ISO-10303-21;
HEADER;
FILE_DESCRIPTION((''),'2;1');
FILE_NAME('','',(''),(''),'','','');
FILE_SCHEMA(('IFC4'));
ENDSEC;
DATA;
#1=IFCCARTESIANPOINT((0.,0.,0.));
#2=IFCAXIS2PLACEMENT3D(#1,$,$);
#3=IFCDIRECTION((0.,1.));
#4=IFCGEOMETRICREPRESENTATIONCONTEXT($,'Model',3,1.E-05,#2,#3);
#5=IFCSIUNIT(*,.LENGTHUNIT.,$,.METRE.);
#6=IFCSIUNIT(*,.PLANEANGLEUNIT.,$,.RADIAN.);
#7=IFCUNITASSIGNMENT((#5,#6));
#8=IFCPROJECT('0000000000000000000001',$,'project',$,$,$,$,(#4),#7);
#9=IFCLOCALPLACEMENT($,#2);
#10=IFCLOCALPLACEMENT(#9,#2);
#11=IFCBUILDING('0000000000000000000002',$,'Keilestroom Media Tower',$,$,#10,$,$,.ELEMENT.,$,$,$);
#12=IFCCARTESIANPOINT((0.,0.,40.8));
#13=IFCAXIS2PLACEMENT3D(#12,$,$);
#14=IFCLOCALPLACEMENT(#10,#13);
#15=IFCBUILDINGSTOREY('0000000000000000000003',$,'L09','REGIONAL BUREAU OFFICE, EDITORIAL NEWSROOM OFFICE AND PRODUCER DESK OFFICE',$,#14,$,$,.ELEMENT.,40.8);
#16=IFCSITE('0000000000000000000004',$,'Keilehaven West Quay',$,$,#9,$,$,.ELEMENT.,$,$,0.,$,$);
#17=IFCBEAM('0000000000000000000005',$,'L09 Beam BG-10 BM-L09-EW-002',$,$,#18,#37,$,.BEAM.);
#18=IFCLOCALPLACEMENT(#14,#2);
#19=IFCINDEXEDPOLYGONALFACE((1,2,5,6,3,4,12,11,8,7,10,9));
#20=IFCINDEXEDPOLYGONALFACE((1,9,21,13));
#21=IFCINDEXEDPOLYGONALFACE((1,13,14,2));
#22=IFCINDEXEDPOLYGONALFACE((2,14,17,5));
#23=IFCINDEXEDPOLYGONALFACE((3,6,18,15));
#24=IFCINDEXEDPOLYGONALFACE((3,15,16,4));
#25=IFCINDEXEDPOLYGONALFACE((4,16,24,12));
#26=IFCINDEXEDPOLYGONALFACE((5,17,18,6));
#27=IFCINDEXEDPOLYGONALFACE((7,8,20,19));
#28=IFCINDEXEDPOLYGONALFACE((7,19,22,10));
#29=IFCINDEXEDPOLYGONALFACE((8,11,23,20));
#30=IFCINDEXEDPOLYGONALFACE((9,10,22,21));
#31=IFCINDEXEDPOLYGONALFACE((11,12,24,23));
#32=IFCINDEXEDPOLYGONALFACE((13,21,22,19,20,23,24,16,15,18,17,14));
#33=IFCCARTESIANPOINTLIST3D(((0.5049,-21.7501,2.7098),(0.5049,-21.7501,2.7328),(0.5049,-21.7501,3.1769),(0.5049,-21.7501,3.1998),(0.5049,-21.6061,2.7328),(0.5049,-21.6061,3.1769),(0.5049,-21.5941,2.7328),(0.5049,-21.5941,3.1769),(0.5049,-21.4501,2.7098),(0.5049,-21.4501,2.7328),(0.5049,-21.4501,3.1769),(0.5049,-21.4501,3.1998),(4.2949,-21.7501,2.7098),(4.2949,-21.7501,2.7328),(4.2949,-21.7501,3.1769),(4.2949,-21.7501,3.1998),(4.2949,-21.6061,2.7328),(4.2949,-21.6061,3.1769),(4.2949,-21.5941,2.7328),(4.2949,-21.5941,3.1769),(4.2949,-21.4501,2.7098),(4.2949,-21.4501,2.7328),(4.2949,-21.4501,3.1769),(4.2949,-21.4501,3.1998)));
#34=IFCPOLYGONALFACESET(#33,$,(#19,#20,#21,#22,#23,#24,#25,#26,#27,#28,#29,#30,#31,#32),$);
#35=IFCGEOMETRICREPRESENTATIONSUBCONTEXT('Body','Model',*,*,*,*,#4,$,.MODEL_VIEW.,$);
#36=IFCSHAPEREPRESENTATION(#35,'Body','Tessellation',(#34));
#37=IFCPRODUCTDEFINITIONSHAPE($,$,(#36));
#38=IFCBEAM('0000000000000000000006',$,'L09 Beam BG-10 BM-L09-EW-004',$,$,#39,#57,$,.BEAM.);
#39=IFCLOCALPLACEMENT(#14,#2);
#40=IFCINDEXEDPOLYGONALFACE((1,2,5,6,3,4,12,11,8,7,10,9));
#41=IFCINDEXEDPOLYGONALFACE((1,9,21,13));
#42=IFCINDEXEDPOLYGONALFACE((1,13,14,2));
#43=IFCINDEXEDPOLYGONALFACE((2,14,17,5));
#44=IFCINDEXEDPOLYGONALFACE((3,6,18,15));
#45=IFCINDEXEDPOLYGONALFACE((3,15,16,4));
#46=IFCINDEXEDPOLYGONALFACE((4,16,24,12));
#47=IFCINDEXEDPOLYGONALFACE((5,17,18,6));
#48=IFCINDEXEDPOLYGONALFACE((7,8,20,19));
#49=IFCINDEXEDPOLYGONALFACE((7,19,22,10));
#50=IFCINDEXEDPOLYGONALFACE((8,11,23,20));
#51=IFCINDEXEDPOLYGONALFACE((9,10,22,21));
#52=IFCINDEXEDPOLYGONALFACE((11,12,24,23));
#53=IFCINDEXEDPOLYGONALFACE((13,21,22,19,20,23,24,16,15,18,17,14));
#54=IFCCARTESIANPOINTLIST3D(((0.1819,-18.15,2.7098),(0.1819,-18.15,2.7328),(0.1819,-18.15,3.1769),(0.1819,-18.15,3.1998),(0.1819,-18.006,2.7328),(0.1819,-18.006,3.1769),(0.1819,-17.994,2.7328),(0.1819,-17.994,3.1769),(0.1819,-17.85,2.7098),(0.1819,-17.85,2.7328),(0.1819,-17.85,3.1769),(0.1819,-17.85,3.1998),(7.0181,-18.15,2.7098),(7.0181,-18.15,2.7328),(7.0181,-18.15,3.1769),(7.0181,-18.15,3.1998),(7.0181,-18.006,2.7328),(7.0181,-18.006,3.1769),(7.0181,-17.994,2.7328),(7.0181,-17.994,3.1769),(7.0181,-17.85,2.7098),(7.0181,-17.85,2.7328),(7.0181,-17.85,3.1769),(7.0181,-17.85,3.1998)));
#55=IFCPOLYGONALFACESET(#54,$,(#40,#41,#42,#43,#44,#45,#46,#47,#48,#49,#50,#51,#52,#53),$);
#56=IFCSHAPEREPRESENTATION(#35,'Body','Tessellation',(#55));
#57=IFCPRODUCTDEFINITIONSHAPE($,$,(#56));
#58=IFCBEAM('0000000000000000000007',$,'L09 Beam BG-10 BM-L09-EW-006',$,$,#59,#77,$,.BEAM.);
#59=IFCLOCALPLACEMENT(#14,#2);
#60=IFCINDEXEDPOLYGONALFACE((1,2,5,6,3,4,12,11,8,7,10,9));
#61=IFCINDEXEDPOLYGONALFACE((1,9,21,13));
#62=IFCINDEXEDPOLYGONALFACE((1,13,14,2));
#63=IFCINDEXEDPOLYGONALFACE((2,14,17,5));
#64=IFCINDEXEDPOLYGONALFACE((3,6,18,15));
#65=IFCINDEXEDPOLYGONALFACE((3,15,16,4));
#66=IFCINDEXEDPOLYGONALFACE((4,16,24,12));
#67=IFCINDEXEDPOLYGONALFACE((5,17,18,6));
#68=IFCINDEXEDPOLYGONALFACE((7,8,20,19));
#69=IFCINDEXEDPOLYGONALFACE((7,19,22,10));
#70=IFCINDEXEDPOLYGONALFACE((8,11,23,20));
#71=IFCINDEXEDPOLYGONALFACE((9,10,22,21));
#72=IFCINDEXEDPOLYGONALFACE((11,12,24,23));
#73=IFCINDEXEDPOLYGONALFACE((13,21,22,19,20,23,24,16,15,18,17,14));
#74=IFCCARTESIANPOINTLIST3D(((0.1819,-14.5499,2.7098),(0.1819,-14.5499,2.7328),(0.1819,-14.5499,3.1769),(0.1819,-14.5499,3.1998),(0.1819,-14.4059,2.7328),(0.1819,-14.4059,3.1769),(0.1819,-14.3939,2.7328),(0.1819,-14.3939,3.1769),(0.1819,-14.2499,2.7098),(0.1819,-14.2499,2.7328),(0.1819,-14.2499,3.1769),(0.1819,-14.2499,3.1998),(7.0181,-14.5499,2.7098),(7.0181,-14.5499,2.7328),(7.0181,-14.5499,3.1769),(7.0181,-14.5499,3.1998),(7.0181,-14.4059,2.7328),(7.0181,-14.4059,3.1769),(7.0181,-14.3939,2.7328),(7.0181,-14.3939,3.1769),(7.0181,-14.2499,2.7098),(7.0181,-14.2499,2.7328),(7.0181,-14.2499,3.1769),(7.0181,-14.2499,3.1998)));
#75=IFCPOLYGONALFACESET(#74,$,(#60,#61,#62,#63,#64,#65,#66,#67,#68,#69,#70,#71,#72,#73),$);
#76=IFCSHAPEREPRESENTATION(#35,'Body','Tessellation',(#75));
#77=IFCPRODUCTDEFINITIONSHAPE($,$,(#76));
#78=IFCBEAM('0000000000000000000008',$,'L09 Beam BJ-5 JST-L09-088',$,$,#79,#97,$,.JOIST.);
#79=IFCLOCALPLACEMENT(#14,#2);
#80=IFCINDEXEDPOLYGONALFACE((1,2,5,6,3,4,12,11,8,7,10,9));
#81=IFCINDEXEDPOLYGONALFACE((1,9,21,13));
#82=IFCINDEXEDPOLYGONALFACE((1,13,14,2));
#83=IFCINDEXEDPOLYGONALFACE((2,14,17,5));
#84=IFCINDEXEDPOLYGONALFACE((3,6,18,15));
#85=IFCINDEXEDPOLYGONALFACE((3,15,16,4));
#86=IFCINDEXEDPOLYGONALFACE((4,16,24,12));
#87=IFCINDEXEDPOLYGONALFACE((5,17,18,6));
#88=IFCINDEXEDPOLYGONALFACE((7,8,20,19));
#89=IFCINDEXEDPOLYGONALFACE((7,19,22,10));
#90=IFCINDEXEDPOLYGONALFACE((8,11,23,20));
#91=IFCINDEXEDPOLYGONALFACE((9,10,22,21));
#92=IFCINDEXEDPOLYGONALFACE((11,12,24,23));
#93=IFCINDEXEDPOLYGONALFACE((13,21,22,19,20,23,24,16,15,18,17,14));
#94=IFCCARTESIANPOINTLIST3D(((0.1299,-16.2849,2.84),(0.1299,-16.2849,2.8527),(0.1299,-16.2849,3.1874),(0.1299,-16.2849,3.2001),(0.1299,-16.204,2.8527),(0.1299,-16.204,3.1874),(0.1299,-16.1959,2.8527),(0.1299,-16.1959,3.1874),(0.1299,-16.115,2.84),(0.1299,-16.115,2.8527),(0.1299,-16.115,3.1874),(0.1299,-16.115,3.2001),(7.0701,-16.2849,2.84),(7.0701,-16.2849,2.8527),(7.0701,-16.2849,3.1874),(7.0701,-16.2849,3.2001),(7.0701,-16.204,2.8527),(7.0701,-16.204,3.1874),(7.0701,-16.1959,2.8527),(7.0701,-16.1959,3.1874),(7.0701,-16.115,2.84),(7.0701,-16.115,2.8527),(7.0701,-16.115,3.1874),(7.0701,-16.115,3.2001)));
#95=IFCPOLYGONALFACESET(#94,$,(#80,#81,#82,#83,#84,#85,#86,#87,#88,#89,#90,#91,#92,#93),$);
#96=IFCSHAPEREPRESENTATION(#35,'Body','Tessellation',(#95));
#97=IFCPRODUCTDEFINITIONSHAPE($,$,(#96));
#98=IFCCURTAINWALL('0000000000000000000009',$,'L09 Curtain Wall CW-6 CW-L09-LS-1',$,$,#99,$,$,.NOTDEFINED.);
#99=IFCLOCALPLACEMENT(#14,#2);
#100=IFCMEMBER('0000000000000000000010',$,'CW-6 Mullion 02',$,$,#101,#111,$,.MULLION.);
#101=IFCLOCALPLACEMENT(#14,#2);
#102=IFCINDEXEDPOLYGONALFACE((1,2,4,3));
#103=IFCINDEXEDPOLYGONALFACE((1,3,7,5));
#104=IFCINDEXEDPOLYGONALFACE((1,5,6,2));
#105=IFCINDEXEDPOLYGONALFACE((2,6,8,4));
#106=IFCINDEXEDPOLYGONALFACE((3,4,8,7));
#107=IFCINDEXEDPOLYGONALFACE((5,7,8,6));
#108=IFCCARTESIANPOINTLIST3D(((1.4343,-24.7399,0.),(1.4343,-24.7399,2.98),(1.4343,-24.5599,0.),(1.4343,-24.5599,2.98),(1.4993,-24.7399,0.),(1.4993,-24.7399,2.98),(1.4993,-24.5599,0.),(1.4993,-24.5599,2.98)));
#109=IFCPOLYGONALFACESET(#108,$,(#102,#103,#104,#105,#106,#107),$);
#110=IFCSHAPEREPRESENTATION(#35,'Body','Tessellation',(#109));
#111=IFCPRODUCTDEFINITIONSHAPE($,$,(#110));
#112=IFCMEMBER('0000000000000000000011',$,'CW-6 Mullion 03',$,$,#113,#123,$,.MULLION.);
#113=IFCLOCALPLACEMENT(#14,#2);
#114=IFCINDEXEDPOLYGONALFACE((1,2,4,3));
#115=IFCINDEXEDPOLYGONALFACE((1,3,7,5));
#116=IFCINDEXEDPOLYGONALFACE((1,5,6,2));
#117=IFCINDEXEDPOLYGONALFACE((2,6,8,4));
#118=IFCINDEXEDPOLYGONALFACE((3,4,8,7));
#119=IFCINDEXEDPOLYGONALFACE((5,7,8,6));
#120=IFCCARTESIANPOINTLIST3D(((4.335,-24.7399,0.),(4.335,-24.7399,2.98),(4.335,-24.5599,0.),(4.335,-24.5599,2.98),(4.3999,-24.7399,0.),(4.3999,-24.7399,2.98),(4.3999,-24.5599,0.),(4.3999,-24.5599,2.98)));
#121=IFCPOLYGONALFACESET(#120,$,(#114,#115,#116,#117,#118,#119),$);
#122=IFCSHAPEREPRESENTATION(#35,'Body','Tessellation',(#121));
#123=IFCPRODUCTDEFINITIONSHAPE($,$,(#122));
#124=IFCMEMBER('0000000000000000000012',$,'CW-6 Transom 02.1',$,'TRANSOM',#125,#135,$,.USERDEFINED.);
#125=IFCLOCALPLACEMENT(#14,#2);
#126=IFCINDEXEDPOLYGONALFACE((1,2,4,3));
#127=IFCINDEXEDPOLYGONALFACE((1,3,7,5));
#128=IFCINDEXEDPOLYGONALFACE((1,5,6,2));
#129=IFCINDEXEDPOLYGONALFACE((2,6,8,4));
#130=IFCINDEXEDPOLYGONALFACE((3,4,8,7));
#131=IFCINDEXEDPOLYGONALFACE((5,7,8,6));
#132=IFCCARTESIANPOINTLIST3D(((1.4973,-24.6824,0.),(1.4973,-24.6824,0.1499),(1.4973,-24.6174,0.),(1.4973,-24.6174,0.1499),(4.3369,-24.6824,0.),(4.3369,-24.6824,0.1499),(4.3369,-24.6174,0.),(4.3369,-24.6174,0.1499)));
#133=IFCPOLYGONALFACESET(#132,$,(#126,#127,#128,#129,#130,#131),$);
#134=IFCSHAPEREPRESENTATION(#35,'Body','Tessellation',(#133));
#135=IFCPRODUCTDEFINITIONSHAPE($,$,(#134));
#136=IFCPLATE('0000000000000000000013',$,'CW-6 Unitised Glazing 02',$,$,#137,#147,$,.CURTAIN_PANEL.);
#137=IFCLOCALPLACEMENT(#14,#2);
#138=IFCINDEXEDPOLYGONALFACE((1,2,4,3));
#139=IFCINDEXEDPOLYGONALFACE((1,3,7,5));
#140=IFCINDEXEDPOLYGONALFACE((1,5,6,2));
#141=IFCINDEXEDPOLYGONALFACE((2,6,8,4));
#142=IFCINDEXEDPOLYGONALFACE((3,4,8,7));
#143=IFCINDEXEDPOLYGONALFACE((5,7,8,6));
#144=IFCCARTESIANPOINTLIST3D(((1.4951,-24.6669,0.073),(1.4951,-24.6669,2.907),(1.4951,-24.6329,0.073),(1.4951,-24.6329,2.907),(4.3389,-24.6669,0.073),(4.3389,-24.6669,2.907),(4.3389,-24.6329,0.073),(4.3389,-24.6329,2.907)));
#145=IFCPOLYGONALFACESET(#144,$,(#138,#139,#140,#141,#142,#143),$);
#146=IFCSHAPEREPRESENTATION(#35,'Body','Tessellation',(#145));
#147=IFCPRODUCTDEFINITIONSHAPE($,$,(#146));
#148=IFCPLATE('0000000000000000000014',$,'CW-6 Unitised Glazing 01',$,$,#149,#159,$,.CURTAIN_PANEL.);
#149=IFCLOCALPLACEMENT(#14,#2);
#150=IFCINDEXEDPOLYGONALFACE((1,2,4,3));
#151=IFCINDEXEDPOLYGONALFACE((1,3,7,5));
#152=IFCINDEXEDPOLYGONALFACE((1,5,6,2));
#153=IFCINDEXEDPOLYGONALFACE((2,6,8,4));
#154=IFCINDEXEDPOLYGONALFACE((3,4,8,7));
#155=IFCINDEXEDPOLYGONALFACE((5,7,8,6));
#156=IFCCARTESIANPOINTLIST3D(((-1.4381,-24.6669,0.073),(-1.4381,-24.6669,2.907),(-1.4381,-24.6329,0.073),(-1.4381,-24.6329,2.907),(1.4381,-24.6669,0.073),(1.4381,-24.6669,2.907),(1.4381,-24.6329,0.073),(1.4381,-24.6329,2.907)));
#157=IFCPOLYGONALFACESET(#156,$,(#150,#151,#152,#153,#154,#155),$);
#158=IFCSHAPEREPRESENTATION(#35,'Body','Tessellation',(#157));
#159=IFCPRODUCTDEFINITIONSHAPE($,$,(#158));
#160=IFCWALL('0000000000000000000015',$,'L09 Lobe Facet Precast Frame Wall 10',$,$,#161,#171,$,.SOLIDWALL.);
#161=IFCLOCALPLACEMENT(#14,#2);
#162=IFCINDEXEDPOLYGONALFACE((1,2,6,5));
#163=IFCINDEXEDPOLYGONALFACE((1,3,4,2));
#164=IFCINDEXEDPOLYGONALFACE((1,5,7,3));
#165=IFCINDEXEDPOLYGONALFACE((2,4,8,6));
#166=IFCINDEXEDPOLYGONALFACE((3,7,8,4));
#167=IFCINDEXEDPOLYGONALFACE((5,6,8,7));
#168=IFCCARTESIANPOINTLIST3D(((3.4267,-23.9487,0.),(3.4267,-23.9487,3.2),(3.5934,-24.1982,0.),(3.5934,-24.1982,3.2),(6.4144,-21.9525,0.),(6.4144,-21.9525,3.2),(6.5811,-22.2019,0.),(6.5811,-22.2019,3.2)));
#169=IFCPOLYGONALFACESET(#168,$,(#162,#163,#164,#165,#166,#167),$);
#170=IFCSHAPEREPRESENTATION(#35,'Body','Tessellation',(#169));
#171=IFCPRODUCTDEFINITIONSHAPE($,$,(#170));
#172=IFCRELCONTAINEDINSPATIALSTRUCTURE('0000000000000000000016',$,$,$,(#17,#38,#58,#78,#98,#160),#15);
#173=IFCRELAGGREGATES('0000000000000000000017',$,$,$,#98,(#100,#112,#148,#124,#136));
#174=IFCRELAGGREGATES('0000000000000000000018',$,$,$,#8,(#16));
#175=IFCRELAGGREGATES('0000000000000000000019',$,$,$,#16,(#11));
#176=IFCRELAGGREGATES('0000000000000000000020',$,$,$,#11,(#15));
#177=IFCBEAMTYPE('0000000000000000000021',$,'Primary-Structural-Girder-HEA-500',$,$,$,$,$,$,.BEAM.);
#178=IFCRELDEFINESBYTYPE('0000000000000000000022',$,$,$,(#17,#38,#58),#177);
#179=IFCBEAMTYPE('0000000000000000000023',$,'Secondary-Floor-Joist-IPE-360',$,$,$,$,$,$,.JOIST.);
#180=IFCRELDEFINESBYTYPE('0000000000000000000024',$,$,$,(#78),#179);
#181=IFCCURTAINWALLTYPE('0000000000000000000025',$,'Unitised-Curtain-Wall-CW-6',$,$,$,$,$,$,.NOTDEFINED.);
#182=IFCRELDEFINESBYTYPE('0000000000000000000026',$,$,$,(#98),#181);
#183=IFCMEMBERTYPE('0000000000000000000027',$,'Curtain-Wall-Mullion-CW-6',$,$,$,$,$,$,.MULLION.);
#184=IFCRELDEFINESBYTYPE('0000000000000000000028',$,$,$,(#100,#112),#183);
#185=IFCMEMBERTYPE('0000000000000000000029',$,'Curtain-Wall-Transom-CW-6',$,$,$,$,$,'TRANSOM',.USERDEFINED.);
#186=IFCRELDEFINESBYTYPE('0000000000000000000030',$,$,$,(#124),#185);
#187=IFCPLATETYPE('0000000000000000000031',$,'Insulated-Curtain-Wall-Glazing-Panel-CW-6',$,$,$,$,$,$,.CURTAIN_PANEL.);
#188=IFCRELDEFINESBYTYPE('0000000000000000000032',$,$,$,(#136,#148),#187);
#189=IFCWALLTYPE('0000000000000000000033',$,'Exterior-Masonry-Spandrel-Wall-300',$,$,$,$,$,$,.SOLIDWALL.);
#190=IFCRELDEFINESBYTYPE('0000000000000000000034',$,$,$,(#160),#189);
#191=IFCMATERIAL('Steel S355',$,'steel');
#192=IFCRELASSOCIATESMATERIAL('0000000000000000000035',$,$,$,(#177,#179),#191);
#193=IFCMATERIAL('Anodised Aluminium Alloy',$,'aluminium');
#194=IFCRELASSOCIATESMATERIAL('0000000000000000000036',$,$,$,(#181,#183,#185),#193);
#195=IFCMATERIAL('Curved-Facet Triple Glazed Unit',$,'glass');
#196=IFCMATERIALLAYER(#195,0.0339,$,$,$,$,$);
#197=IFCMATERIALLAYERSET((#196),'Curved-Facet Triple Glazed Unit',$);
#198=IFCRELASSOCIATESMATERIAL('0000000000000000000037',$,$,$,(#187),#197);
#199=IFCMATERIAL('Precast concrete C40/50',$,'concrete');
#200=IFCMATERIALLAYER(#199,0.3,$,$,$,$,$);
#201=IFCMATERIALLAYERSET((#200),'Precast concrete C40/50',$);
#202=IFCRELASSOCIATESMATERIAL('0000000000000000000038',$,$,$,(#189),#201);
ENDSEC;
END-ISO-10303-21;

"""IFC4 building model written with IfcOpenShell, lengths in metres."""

from ifc_helpers import new_model, si_unit, direction, frame, frame_2d, origin, origin_2d, place, context, subcontext, project, spatial, rectangle, i_section, extrude, source, transform, mapped, material, layer, layer_set, material_profile, profile_set, type_object, element, aggregate, save


model = new_model("IFC4")

# Units and contexts
model_context = context("Model", 3, precision=1e-05, world=origin(), true_north=direction((0.0, 1.0)))
body_context = subcontext(model_context, "Body", "Model", "MODEL_VIEW")
ifc_project = project(units=[si_unit("LENGTHUNIT", "METRE"), si_unit("PLANEANGLEUNIT", "RADIAN")], contexts=[model_context])

# Site, building, storey
site_placement = place(None, origin())
site = spatial("IfcSite", under=ifc_project, at=site_placement, Name="Keilehaven West Quay", CompositionType="ELEMENT", RefElevation=0.0)
building_placement = place(site_placement, origin())
building = spatial("IfcBuilding", under=site, at=building_placement, Name="Keilestroom Media Tower", CompositionType="ELEMENT")
storey_placement = place(building_placement, frame((0.0, 0.0, 40.8)))
storey = spatial("IfcBuildingStorey", under=building, at=storey_placement, Name="L09", Description="REGIONAL BUREAU OFFICE, EDITORIAL NEWSROOM OFFICE AND PRODUCER DESK OFFICE", CompositionType="ELEMENT", Elevation=40.8)

# Beams
ifc_material_1 = material(Name="Steel S355", Category="steel")
ifc_material_profile_1 = material_profile(ifc_material_1, i_section(OverallWidth=0.3, OverallDepth=0.49, WebThickness=0.012, FlangeThickness=0.0229, at=origin_2d()), Name="HEA 500")
ifc_profile_set_1 = profile_set([ifc_material_profile_1], Name="Steel S355")
beam_type_1 = type_object("IfcBeamType", Name="Primary-Structural-Girder-HEA-500", PredefinedType="BEAM", material=ifc_profile_set_1)
shared_shape_1 = source(origin(), body_context, "Body", "SweptSolid", [
    extrude(i_section(OverallWidth=0.3, OverallDepth=0.49, WebThickness=0.012, FlangeThickness=0.0229, at=origin_2d()), origin(), (0.0, 0.0, 1.0), 3.79),
])
beam_1_placement = place(storey_placement, frame((0.5049, -21.6001, 2.9548), z_axis=(1.0, 0.0, 0.0), x_axis=(0.0, 1.0, 0.0)))
element("IfcBeam", 1, at=beam_1_placement, inside=storey, type_object=beam_type_1, Name="L09 Beam BG-10 BM-L09-EW-002", PredefinedType="BEAM", context=body_context, shape_type="MappedRepresentation", body=[
    mapped(shared_shape_1, transform((0.0, 0.0, 0.0), x_axis=(1.0, 0.0, 0.0), y_axis=(0.0, 1.0, 0.0), z_axis=(0.0, 0.0, 1.0), scale=1.0)),
])
shared_shape_2 = source(origin(), body_context, "Body", "SweptSolid", [
    extrude(i_section(OverallWidth=0.3, OverallDepth=0.49, WebThickness=0.012, FlangeThickness=0.0229, at=origin_2d()), origin(), (0.0, 0.0, 1.0), 6.8362),
])
for number, where, z_axis, x_axis, name in (
    (2, (0.1819, -18.0, 2.9548), (1.0, 0.0, 0.0), (0.0, 1.0, 0.0), "L09 Beam BG-10 BM-L09-EW-004"),
    (3, (0.1819, -14.3999, 2.9548), (1.0, 0.0, 0.0), (0.0, 1.0, 0.0), "L09 Beam BG-10 BM-L09-EW-006"),
):
    element("IfcBeam", number, at=place(storey_placement, frame(where, z_axis=z_axis, x_axis=x_axis)), inside=storey, type_object=beam_type_1, Name=name, PredefinedType="BEAM", context=body_context, shape_type="MappedRepresentation", body=[
        mapped(shared_shape_2, transform((0.0, 0.0, 0.0), x_axis=(1.0, 0.0, 0.0), y_axis=(0.0, 1.0, 0.0), z_axis=(0.0, 0.0, 1.0), scale=1.0)),
    ])
ifc_material_profile_2 = material_profile(ifc_material_1, i_section(OverallWidth=0.1699, OverallDepth=0.3601, WebThickness=0.0081, FlangeThickness=0.0127, at=origin_2d()), Name="IPE 360")
ifc_profile_set_2 = profile_set([ifc_material_profile_2], Name="Steel S355")
beam_type_2 = type_object("IfcBeamType", Name="Secondary-Floor-Joist-IPE-360", PredefinedType="JOIST", material=ifc_profile_set_2)
shared_shape_3 = source(origin(), body_context, "Body", "SweptSolid", [
    extrude(i_section(OverallWidth=0.1699, OverallDepth=0.3601, WebThickness=0.0081, FlangeThickness=0.0127, at=origin_2d()), origin(), (0.0, 0.0, 1.0), 6.9402),
])
beam_2_placement = place(storey_placement, frame((0.1299, -16.2, 3.02), z_axis=(1.0, 0.0, 0.0), x_axis=(0.0, 1.0, 0.0)))
element("IfcBeam", 4, at=beam_2_placement, inside=storey, type_object=beam_type_2, Name="L09 Beam BJ-5 JST-L09-088", PredefinedType="JOIST", context=body_context, shape_type="MappedRepresentation", body=[
    mapped(shared_shape_3, transform((0.0, 0.0, 0.0), x_axis=(1.0, 0.0, 0.0), y_axis=(0.0, 1.0, 0.0), z_axis=(0.0, 0.0, 1.0), scale=1.0)),
])

# Curtain wall, members, plates
ifc_material_2 = material(Name="Anodised Aluminium Alloy", Category="aluminium")
curtain_wall_type = type_object("IfcCurtainWallType", Name="Unitised-Curtain-Wall-CW-6", PredefinedType="NOTDEFINED", material=ifc_material_2)
curtain_wall_placement = place(storey_placement, origin())
curtain_wall = element("IfcCurtainWall", 5, at=curtain_wall_placement, inside=storey, type_object=curtain_wall_type, Name="L09 Curtain Wall CW-6 CW-L09-LS-1", PredefinedType="NOTDEFINED")
ifc_material_profile_3 = material_profile(ifc_material_2, rectangle(XDim=0.0649, YDim=0.1799, at=origin_2d()), Name="ALU MULLION 65x180")
ifc_profile_set_3 = profile_set([ifc_material_profile_3], Name="Anodised Aluminium Alloy")
member_type_1 = type_object("IfcMemberType", Name="Curtain-Wall-Mullion-CW-6", PredefinedType="MULLION", material=ifc_profile_set_3)
shared_shape_4 = source(origin(), body_context, "Body", "SweptSolid", [
    extrude(rectangle(XDim=0.0649, YDim=0.1799, at=origin_2d()), origin(), (0.0, 0.0, 1.0), 2.98),
])
member_1_placement = place(storey_placement, frame((1.4668, -24.6499, 0.0), z_axis=(0.0, 0.0, 1.0), x_axis=(1.0, 0.0, 0.0)))
member_1 = element("IfcMember", 6, at=member_1_placement, type_object=member_type_1, Name="CW-6 Mullion 02", PredefinedType="MULLION", context=body_context, shape_type="MappedRepresentation", body=[
    mapped(shared_shape_4, transform((0.0, 0.0, 0.0), x_axis=(1.0, 0.0, 0.0), y_axis=(0.0, 1.0, 0.0), z_axis=(0.0, 0.0, 1.0), scale=1.0)),
])
member_2_placement = place(storey_placement, frame((4.3674, -24.6499, 0.0), z_axis=(0.0, 0.0, 1.0), x_axis=(1.0, 0.0, 0.0)))
member_2 = element("IfcMember", 7, at=member_2_placement, type_object=member_type_1, Name="CW-6 Mullion 03", PredefinedType="MULLION", context=body_context, shape_type="MappedRepresentation", body=[
    mapped(shared_shape_4, transform((0.0, 0.0, 0.0), x_axis=(1.0, 0.0, 0.0), y_axis=(0.0, 1.0, 0.0), z_axis=(0.0, 0.0, 1.0), scale=1.0)),
])
ifc_material_profile_4 = material_profile(ifc_material_2, rectangle(XDim=0.0649, YDim=0.1499, at=origin_2d()), Name="ALU TRANSOM 65x150")
ifc_profile_set_4 = profile_set([ifc_material_profile_4], Name="Anodised Aluminium Alloy")
member_type_2 = type_object("IfcMemberType", Name="Curtain-Wall-Transom-CW-6", ElementType="TRANSOM", PredefinedType="USERDEFINED", material=ifc_profile_set_4)
shared_shape_5 = source(origin(), body_context, "Body", "SweptSolid", [
    extrude(rectangle(XDim=0.0649, YDim=0.1499, at=origin_2d()), origin(), (0.0, 0.0, 1.0), 2.8396),
])
member_3_placement = place(storey_placement, frame((1.4973, -24.6499, 0.075), z_axis=(1.0, 0.0, 0.0), x_axis=(0.0, 1.0, 0.0)))
member_3 = element("IfcMember", 8, at=member_3_placement, type_object=member_type_2, Name="CW-6 Transom 02.1", ObjectType="TRANSOM", PredefinedType="USERDEFINED", context=body_context, shape_type="MappedRepresentation", body=[
    mapped(shared_shape_5, transform((0.0, 0.0, 0.0), x_axis=(1.0, 0.0, 0.0), y_axis=(0.0, 1.0, 0.0), z_axis=(0.0, 0.0, 1.0), scale=1.0)),
])
ifc_material_3 = material(Name="Curved-Facet Triple Glazed Unit", Category="glass")
ifc_layer_1 = layer(ifc_material_3, 0.0339)
ifc_layer_set_1 = layer_set([ifc_layer_1], Name="Curved-Facet Triple Glazed Unit")
plate_type = type_object("IfcPlateType", Name="Insulated-Curtain-Wall-Glazing-Panel-CW-6", PredefinedType="CURTAIN_PANEL", material=ifc_layer_set_1)
shared_shape_6 = source(origin(), body_context, "Body", "SweptSolid", [
    extrude(rectangle(XDim=2.8438, YDim=0.0339, at=origin_2d()), origin(), (0.0, 0.0, 1.0), 2.834),
])
plate_1_placement = place(storey_placement, frame((2.917, -24.6499, 0.073), z_axis=(0.0, 0.0, 1.0), x_axis=(1.0, 0.0, 0.0)))
plate_1 = element("IfcPlate", 9, at=plate_1_placement, type_object=plate_type, Name="CW-6 Unitised Glazing 02", PredefinedType="CURTAIN_PANEL", context=body_context, shape_type="MappedRepresentation", body=[
    mapped(shared_shape_6, transform((0.0, 0.0, 0.0), x_axis=(1.0, 0.0, 0.0), y_axis=(0.0, 1.0, 0.0), z_axis=(0.0, 0.0, 1.0), scale=1.0)),
])
shared_shape_7 = source(origin(), body_context, "Body", "SweptSolid", [
    extrude(rectangle(XDim=2.8762, YDim=0.0339, at=origin_2d()), origin(), (0.0, 0.0, 1.0), 2.834),
])
plate_2_placement = place(storey_placement, frame((0.0, -24.6499, 0.073), z_axis=(0.0, 0.0, 1.0), x_axis=(1.0, 0.0, 0.0)))
plate_2 = element("IfcPlate", 10, at=plate_2_placement, type_object=plate_type, Name="CW-6 Unitised Glazing 01", PredefinedType="CURTAIN_PANEL", context=body_context, shape_type="MappedRepresentation", body=[
    mapped(shared_shape_7, transform((0.0, 0.0, 0.0), x_axis=(1.0, 0.0, 0.0), y_axis=(0.0, 1.0, 0.0), z_axis=(0.0, 0.0, 1.0), scale=1.0)),
])
aggregate(curtain_wall, [member_1, member_2, plate_2, member_3, plate_1])

# Wall
ifc_material_4 = material(Name="Precast concrete C40/50", Category="concrete")
ifc_layer_2 = layer(ifc_material_4, 0.3)
ifc_layer_set_2 = layer_set([ifc_layer_2], Name="Precast concrete C40/50")
wall_type_1 = type_object("IfcWallType", Name="Exterior-Masonry-Spandrel-Wall-300", PredefinedType="SOLIDWALL", material=ifc_layer_set_2)
wall_1_placement = place(storey_placement, frame((3.51, -24.0735, 0.0), z_axis=(0.0, 0.0, 1.0), x_axis=(0.831475, 0.555562, 0.0)))
element("IfcWall", 11, at=wall_1_placement, inside=storey, type_object=wall_type_1, Name="L09 Lobe Facet Precast Frame Wall 10", PredefinedType="SOLIDWALL", context=body_context, shape_type="SweptSolid", body=[
    extrude(rectangle(XDim=3.5933, YDim=0.3, at=frame_2d((1.7966, 0.0))), origin(), (0.0, 0.0, 1.0), 3.2),
])

save(model, "model.ifc")
